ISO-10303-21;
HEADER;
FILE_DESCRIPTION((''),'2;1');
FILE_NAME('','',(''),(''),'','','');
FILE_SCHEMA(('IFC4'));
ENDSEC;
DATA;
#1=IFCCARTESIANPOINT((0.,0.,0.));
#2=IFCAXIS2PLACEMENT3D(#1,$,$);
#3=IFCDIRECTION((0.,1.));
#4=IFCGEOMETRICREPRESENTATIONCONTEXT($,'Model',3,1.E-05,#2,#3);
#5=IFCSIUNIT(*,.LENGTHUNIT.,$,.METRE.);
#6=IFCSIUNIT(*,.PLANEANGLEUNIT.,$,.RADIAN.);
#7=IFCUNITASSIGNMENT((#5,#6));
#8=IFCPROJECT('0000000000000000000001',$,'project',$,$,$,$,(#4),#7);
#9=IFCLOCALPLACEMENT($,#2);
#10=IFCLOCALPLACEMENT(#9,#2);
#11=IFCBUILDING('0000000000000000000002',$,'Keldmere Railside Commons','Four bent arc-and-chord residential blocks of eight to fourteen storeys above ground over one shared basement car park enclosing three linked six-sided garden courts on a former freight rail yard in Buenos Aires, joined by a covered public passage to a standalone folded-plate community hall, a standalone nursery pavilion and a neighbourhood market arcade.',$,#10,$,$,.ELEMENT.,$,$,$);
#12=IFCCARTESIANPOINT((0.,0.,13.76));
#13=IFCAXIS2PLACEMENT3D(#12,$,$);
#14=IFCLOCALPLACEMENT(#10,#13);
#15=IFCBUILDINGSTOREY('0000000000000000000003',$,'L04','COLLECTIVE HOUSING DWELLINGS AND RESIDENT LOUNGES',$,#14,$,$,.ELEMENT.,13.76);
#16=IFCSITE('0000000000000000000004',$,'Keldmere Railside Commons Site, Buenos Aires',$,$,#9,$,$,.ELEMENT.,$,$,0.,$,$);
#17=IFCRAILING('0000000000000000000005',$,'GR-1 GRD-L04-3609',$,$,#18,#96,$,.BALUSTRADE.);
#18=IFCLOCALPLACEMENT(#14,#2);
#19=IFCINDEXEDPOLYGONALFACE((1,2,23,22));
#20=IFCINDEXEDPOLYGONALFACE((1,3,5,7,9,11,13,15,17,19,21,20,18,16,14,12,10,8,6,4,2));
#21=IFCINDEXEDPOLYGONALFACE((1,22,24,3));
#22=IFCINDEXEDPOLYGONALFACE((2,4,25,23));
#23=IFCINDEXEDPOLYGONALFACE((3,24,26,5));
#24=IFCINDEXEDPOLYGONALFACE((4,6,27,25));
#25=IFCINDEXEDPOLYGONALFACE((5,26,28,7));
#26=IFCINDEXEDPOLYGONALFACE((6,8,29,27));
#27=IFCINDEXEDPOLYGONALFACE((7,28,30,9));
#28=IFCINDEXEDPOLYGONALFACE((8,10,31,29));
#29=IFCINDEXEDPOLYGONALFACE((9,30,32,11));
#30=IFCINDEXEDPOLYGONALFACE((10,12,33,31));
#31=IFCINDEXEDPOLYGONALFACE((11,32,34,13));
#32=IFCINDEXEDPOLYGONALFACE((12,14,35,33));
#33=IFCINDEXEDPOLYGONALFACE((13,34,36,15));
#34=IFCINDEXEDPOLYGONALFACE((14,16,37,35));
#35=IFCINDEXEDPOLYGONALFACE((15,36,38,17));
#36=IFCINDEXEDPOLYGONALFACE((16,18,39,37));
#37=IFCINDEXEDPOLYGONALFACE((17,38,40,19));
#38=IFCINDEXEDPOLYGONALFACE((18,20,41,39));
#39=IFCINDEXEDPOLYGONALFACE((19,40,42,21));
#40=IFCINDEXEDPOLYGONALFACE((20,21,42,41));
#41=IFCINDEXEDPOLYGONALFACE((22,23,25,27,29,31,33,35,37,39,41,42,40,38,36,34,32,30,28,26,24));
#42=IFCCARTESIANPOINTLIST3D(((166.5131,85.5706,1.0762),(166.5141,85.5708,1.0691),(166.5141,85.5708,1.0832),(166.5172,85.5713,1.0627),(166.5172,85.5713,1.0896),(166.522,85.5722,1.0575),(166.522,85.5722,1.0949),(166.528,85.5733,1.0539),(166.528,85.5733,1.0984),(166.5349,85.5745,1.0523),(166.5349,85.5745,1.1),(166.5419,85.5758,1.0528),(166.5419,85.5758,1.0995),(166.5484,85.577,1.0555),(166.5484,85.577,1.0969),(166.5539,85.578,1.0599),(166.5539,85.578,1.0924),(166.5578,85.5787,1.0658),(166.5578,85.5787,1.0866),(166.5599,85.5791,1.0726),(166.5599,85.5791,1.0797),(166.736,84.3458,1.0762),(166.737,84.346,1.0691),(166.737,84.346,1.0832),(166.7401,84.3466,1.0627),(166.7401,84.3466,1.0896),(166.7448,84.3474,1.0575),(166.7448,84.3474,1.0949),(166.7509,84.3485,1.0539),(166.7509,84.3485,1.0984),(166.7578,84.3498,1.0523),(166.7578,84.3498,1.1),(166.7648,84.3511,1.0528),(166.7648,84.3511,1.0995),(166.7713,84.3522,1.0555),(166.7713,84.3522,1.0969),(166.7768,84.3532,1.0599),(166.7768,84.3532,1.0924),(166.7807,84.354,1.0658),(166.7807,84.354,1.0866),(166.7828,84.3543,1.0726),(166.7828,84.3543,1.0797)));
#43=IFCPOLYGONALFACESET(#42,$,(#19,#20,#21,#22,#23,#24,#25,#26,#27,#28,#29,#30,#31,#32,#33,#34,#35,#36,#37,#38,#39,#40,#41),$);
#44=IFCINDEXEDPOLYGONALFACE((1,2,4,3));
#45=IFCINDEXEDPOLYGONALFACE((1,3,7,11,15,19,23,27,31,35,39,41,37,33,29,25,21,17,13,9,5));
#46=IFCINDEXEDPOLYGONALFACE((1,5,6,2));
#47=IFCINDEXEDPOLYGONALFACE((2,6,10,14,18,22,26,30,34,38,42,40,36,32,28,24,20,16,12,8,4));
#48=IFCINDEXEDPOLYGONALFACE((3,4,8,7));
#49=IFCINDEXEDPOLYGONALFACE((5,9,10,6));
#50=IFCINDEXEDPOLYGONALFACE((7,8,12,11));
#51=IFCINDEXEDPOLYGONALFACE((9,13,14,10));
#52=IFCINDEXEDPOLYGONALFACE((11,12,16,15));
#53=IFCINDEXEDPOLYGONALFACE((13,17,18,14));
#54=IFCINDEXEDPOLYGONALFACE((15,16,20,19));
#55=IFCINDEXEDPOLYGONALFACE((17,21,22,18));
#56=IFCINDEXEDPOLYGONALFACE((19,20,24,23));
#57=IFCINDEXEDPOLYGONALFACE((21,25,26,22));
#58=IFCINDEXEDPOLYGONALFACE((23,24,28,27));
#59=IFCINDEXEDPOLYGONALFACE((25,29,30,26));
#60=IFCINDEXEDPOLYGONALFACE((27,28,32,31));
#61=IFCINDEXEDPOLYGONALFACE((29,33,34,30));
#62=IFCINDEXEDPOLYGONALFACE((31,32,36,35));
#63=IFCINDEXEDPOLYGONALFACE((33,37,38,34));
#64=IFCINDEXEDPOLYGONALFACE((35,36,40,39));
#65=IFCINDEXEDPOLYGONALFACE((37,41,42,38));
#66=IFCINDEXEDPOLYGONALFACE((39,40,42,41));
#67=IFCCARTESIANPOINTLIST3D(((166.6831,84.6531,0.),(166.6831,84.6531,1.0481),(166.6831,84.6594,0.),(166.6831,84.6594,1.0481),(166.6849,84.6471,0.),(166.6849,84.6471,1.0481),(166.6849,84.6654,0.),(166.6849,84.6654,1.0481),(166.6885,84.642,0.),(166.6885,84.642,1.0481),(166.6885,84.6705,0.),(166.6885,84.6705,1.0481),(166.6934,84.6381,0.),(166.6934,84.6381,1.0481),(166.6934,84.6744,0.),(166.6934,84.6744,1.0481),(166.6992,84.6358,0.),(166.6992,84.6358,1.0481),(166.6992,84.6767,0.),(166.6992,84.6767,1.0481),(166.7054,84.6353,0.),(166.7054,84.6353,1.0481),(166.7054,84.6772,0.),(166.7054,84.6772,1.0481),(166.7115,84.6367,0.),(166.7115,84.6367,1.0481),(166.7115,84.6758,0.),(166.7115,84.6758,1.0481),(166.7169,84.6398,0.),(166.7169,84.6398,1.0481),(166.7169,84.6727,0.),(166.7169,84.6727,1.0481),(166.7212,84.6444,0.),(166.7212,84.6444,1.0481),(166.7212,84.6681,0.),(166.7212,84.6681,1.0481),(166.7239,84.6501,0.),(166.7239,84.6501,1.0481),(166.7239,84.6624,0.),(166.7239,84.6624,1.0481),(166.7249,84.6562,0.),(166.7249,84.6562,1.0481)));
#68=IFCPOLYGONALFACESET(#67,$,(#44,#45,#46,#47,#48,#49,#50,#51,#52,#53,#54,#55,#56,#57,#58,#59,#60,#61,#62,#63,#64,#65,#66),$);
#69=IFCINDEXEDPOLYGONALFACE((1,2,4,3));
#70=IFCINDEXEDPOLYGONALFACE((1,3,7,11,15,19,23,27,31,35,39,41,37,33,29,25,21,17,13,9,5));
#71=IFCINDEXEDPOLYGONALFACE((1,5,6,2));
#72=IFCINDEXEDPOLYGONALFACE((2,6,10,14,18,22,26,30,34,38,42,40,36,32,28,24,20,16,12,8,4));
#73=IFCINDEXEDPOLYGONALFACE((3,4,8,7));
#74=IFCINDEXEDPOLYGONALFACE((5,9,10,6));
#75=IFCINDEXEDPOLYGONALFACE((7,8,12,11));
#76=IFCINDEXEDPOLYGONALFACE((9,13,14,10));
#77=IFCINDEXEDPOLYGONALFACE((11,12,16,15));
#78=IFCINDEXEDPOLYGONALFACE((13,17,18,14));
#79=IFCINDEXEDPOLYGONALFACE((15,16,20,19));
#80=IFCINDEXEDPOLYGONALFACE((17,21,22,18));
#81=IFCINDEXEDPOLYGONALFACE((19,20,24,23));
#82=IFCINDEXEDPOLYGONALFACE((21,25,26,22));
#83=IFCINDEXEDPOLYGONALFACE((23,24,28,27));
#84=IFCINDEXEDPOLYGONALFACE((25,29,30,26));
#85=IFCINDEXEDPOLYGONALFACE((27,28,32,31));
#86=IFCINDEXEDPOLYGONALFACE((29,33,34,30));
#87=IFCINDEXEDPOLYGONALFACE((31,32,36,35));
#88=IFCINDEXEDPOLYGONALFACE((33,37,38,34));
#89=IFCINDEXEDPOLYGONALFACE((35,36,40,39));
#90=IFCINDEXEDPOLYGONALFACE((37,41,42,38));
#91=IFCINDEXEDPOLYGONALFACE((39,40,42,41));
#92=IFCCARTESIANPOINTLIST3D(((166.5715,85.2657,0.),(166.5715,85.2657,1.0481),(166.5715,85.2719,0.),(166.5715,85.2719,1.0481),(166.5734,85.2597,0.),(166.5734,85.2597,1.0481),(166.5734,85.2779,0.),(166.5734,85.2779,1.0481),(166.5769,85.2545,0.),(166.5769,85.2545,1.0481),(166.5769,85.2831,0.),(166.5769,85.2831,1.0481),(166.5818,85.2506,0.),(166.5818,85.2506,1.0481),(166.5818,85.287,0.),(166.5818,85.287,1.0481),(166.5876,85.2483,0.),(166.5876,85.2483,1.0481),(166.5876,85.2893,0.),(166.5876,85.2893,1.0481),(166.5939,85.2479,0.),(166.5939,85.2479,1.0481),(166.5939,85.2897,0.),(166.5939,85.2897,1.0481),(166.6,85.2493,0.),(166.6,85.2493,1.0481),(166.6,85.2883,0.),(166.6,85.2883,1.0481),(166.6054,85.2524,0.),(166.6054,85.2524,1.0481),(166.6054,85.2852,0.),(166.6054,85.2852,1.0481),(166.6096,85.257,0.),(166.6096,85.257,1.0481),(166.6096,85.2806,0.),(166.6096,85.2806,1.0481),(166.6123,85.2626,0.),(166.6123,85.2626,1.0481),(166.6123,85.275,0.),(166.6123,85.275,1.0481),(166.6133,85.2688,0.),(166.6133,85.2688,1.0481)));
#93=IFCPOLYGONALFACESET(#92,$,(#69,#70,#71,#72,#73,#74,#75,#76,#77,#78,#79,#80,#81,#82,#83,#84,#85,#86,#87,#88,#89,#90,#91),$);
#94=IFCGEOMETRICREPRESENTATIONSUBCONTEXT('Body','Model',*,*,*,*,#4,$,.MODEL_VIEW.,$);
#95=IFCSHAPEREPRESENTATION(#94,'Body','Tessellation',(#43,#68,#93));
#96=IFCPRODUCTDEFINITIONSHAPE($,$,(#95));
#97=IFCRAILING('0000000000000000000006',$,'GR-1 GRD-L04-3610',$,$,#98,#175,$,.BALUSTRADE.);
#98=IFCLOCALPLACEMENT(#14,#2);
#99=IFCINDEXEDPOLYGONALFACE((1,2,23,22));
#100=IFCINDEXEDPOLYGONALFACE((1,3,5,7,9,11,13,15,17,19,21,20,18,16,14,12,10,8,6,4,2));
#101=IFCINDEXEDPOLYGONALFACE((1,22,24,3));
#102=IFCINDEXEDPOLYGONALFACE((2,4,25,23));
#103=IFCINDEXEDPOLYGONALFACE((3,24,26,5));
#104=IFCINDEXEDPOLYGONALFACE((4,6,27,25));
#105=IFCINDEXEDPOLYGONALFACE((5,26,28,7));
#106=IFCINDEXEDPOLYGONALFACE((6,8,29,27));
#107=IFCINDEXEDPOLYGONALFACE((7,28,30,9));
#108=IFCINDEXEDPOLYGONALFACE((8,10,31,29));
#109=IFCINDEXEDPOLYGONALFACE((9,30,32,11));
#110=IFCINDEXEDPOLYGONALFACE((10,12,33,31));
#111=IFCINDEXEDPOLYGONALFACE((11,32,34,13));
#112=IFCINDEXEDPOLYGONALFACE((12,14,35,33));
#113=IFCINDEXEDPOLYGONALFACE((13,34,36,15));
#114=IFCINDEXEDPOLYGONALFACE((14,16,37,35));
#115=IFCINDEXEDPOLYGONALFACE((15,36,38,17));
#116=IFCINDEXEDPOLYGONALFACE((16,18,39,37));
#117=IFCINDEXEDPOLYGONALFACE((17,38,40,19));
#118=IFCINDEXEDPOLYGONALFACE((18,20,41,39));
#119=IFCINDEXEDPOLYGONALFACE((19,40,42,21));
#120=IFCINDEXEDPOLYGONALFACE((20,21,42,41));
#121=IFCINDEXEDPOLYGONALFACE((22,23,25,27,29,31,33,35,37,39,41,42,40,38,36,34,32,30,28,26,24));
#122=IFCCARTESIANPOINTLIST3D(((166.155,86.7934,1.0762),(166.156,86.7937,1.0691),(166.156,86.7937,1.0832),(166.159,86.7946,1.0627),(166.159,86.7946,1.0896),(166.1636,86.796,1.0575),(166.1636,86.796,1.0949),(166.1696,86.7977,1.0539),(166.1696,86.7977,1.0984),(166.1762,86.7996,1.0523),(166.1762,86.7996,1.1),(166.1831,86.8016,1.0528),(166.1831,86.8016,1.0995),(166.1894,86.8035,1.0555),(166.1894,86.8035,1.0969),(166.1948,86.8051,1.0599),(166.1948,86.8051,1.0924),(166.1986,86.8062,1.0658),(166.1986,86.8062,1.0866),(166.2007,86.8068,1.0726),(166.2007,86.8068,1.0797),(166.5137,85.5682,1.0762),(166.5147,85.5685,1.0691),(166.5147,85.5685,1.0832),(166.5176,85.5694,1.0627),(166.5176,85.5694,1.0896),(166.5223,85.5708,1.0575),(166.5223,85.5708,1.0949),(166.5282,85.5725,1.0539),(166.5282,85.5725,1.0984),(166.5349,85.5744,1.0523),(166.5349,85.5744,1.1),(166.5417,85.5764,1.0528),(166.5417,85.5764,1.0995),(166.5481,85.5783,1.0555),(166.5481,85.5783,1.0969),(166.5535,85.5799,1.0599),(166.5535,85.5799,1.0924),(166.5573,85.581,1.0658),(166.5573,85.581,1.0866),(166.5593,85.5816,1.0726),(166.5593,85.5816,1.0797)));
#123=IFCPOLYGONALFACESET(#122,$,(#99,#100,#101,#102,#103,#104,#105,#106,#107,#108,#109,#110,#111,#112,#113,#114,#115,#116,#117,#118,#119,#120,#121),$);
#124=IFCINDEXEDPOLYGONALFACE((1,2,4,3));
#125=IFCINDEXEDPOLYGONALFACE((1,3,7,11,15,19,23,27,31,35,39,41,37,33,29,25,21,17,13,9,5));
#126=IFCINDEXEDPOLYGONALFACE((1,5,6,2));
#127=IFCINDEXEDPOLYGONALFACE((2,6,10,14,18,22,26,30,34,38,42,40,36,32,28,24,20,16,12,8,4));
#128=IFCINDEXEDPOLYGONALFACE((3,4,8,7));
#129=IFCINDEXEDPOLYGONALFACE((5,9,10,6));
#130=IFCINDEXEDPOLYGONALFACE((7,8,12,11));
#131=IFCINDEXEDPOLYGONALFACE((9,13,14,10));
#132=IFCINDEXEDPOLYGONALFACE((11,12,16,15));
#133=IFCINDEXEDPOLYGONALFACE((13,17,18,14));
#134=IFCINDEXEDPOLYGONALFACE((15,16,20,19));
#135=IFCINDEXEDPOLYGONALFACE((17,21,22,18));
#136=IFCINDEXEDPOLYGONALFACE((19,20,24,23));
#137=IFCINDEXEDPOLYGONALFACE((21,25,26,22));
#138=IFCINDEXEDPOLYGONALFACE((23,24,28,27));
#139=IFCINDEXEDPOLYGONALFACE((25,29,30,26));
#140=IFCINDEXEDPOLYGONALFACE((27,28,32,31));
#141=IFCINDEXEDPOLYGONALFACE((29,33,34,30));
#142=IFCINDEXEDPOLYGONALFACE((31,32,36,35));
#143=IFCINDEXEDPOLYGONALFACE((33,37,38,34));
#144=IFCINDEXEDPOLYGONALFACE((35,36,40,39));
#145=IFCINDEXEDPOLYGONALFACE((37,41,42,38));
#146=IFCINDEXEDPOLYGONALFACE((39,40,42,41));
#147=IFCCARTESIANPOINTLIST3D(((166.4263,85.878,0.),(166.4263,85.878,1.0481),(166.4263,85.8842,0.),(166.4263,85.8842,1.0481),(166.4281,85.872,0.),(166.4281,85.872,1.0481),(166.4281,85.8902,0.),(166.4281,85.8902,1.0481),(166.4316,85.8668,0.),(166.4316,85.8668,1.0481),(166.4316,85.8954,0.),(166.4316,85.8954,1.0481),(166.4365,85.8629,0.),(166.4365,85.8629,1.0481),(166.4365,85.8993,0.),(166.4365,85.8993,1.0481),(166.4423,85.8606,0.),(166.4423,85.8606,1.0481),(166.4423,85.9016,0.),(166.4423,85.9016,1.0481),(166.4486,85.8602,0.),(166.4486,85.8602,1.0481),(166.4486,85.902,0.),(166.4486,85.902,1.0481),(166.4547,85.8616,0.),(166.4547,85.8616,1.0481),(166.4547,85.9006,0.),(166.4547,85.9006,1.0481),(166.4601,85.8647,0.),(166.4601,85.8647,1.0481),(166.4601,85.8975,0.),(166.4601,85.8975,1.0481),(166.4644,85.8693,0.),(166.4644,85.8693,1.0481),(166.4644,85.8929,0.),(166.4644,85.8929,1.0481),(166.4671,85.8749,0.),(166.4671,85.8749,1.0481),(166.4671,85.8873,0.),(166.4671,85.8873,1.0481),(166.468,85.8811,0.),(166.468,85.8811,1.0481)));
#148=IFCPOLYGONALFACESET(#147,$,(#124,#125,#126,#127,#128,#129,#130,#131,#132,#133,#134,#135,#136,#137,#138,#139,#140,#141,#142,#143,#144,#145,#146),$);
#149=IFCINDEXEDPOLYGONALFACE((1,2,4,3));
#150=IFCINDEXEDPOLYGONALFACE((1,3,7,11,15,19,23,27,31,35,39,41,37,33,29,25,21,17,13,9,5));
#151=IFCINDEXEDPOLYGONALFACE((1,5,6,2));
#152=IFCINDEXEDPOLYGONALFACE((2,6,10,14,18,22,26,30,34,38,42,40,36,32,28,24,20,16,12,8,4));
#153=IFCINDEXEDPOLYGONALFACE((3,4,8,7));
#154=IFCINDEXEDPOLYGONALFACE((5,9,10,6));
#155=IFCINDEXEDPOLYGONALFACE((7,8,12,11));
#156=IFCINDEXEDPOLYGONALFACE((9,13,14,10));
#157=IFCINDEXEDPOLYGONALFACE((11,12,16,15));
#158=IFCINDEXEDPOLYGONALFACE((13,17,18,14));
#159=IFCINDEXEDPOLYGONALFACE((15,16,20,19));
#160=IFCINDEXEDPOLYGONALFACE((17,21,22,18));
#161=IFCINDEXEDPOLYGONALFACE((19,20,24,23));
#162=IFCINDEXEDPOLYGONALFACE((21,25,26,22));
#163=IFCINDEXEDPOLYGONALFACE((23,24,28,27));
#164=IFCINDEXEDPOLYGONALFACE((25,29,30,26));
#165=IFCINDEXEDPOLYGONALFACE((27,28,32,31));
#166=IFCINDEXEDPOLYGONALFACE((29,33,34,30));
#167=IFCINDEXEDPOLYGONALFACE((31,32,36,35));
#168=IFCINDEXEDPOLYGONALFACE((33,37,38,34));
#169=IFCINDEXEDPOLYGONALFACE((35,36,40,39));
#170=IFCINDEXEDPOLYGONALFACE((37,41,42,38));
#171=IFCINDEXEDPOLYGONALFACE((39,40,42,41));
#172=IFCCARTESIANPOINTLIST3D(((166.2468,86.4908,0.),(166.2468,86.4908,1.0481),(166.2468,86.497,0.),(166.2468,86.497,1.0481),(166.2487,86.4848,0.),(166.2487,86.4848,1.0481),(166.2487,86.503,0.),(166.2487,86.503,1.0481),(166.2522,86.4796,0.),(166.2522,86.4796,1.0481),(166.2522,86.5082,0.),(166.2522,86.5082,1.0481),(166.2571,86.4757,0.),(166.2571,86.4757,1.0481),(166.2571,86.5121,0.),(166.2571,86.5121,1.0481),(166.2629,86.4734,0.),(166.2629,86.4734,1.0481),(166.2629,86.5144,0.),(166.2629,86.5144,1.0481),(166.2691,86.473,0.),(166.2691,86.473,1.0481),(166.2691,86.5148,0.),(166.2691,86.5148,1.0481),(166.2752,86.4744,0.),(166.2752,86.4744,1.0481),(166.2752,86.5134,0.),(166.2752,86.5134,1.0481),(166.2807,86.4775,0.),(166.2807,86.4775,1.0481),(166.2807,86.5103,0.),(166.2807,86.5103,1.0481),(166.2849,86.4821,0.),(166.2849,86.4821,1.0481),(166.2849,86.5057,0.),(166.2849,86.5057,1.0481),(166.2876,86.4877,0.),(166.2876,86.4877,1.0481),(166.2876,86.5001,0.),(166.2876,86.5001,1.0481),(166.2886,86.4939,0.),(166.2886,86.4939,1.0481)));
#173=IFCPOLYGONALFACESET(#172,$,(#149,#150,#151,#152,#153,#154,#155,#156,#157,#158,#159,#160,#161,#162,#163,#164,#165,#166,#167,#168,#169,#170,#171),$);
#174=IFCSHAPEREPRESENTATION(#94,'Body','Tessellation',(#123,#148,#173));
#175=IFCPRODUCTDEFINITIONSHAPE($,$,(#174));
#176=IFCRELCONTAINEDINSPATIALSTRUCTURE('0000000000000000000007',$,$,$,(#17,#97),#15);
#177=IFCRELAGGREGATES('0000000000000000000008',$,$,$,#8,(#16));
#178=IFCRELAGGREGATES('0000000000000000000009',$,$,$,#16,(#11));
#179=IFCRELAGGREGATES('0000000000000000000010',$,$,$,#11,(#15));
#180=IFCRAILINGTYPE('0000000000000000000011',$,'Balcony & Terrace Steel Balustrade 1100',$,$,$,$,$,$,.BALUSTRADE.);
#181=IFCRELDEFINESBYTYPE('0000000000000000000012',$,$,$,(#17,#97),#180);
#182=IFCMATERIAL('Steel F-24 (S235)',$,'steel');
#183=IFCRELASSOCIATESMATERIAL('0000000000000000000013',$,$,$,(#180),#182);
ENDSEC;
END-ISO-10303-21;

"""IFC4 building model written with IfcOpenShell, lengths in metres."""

from ifc_helpers import new_model, si_unit, direction, frame, origin, origin_2d, place, context, subcontext, project, spatial, circle, extrude, material, type_object, element, save


model = new_model("IFC4")

# Units and contexts
model_context = context("Model", 3, precision=1e-05, world=origin(), true_north=direction((0.0, 1.0)))
body_context = subcontext(model_context, "Body", "Model", "MODEL_VIEW")
ifc_project = project(units=[si_unit("LENGTHUNIT", "METRE"), si_unit("PLANEANGLEUNIT", "RADIAN")], contexts=[model_context])

# Site, building, storey
site_placement = place(None, origin())
site = spatial("IfcSite", under=ifc_project, at=site_placement, Name="Keldmere Railside Commons Site, Buenos Aires", CompositionType="ELEMENT", RefElevation=0.0)
building_placement = place(site_placement, origin())
building = spatial("IfcBuilding", under=site, at=building_placement, Name="Keldmere Railside Commons", Description="Four bent arc-and-chord residential blocks of eight to fourteen storeys above ground over one shared basement car park enclosing three linked six-sided garden courts on a former freight rail yard in Buenos Aires, joined by a covered public passage to a standalone folded-plate community hall, a standalone nursery pavilion and a neighbourhood market arcade.", CompositionType="ELEMENT")
storey_placement = place(building_placement, frame((0.0, 0.0, 13.76)))
storey = spatial("IfcBuildingStorey", under=building, at=storey_placement, Name="L04", Description="COLLECTIVE HOUSING DWELLINGS AND RESIDENT LOUNGES", CompositionType="ELEMENT", Elevation=13.76)

# Railings
ifc_material_1 = material(Name="Steel F-24 (S235)", Category="steel")
railing_type = type_object("IfcRailingType", Name="Balcony & Terrace Steel Balustrade 1100", PredefinedType="BALUSTRADE", material=ifc_material_1)
railing_1_placement = place(storey_placement, frame((166.7595, 84.3501, 0.0)))
element("IfcRailing", 1, at=railing_1_placement, inside=storey, type_object=railing_type, Name="GR-1 GRD-L04-3609", PredefinedType="BALUSTRADE", context=body_context, shape_type="SweptSolid", body=[
    extrude(circle(Radius=0.0239, at=origin_2d()), frame((0.0, 0.0, 1.0762), z_axis=(-0.179041, 0.983842, 0.0), x_axis=(-0.983842, -0.179041, 0.0)), (0.0, 0.0, 1.0), 1.2449),
    extrude(circle(Radius=0.021, at=origin_2d()), frame((-0.0557, 0.3062, 0.0)), (0.0, 0.0, 1.0), 1.0481),
    extrude(circle(Radius=0.021, at=origin_2d()), frame((-0.1672, 0.9187, 0.0)), (0.0, 0.0, 1.0), 1.0481),
])
railing_2_placement = place(storey_placement, frame((166.5366, 85.575, 0.0)))
element("IfcRailing", 2, at=railing_2_placement, inside=storey, type_object=railing_type, Name="GR-1 GRD-L04-3610", PredefinedType="BALUSTRADE", context=body_context, shape_type="SweptSolid", body=[
    extrude(circle(Radius=0.0239, at=origin_2d()), frame((0.0, 0.0, 1.0762), z_axis=(-0.280955, 0.959721, 0.0), x_axis=(-0.959721, -0.280955, 0.0)), (0.0, 0.0, 1.0), 1.2766),
    extrude(circle(Radius=0.021, at=origin_2d()), frame((-0.0896, 0.3062, 0.0)), (0.0, 0.0, 1.0), 1.0481),
    extrude(circle(Radius=0.021, at=origin_2d()), frame((-0.269, 0.9189, 0.0)), (0.0, 0.0, 1.0), 1.0481),
])

save(model, "model.ifc")
